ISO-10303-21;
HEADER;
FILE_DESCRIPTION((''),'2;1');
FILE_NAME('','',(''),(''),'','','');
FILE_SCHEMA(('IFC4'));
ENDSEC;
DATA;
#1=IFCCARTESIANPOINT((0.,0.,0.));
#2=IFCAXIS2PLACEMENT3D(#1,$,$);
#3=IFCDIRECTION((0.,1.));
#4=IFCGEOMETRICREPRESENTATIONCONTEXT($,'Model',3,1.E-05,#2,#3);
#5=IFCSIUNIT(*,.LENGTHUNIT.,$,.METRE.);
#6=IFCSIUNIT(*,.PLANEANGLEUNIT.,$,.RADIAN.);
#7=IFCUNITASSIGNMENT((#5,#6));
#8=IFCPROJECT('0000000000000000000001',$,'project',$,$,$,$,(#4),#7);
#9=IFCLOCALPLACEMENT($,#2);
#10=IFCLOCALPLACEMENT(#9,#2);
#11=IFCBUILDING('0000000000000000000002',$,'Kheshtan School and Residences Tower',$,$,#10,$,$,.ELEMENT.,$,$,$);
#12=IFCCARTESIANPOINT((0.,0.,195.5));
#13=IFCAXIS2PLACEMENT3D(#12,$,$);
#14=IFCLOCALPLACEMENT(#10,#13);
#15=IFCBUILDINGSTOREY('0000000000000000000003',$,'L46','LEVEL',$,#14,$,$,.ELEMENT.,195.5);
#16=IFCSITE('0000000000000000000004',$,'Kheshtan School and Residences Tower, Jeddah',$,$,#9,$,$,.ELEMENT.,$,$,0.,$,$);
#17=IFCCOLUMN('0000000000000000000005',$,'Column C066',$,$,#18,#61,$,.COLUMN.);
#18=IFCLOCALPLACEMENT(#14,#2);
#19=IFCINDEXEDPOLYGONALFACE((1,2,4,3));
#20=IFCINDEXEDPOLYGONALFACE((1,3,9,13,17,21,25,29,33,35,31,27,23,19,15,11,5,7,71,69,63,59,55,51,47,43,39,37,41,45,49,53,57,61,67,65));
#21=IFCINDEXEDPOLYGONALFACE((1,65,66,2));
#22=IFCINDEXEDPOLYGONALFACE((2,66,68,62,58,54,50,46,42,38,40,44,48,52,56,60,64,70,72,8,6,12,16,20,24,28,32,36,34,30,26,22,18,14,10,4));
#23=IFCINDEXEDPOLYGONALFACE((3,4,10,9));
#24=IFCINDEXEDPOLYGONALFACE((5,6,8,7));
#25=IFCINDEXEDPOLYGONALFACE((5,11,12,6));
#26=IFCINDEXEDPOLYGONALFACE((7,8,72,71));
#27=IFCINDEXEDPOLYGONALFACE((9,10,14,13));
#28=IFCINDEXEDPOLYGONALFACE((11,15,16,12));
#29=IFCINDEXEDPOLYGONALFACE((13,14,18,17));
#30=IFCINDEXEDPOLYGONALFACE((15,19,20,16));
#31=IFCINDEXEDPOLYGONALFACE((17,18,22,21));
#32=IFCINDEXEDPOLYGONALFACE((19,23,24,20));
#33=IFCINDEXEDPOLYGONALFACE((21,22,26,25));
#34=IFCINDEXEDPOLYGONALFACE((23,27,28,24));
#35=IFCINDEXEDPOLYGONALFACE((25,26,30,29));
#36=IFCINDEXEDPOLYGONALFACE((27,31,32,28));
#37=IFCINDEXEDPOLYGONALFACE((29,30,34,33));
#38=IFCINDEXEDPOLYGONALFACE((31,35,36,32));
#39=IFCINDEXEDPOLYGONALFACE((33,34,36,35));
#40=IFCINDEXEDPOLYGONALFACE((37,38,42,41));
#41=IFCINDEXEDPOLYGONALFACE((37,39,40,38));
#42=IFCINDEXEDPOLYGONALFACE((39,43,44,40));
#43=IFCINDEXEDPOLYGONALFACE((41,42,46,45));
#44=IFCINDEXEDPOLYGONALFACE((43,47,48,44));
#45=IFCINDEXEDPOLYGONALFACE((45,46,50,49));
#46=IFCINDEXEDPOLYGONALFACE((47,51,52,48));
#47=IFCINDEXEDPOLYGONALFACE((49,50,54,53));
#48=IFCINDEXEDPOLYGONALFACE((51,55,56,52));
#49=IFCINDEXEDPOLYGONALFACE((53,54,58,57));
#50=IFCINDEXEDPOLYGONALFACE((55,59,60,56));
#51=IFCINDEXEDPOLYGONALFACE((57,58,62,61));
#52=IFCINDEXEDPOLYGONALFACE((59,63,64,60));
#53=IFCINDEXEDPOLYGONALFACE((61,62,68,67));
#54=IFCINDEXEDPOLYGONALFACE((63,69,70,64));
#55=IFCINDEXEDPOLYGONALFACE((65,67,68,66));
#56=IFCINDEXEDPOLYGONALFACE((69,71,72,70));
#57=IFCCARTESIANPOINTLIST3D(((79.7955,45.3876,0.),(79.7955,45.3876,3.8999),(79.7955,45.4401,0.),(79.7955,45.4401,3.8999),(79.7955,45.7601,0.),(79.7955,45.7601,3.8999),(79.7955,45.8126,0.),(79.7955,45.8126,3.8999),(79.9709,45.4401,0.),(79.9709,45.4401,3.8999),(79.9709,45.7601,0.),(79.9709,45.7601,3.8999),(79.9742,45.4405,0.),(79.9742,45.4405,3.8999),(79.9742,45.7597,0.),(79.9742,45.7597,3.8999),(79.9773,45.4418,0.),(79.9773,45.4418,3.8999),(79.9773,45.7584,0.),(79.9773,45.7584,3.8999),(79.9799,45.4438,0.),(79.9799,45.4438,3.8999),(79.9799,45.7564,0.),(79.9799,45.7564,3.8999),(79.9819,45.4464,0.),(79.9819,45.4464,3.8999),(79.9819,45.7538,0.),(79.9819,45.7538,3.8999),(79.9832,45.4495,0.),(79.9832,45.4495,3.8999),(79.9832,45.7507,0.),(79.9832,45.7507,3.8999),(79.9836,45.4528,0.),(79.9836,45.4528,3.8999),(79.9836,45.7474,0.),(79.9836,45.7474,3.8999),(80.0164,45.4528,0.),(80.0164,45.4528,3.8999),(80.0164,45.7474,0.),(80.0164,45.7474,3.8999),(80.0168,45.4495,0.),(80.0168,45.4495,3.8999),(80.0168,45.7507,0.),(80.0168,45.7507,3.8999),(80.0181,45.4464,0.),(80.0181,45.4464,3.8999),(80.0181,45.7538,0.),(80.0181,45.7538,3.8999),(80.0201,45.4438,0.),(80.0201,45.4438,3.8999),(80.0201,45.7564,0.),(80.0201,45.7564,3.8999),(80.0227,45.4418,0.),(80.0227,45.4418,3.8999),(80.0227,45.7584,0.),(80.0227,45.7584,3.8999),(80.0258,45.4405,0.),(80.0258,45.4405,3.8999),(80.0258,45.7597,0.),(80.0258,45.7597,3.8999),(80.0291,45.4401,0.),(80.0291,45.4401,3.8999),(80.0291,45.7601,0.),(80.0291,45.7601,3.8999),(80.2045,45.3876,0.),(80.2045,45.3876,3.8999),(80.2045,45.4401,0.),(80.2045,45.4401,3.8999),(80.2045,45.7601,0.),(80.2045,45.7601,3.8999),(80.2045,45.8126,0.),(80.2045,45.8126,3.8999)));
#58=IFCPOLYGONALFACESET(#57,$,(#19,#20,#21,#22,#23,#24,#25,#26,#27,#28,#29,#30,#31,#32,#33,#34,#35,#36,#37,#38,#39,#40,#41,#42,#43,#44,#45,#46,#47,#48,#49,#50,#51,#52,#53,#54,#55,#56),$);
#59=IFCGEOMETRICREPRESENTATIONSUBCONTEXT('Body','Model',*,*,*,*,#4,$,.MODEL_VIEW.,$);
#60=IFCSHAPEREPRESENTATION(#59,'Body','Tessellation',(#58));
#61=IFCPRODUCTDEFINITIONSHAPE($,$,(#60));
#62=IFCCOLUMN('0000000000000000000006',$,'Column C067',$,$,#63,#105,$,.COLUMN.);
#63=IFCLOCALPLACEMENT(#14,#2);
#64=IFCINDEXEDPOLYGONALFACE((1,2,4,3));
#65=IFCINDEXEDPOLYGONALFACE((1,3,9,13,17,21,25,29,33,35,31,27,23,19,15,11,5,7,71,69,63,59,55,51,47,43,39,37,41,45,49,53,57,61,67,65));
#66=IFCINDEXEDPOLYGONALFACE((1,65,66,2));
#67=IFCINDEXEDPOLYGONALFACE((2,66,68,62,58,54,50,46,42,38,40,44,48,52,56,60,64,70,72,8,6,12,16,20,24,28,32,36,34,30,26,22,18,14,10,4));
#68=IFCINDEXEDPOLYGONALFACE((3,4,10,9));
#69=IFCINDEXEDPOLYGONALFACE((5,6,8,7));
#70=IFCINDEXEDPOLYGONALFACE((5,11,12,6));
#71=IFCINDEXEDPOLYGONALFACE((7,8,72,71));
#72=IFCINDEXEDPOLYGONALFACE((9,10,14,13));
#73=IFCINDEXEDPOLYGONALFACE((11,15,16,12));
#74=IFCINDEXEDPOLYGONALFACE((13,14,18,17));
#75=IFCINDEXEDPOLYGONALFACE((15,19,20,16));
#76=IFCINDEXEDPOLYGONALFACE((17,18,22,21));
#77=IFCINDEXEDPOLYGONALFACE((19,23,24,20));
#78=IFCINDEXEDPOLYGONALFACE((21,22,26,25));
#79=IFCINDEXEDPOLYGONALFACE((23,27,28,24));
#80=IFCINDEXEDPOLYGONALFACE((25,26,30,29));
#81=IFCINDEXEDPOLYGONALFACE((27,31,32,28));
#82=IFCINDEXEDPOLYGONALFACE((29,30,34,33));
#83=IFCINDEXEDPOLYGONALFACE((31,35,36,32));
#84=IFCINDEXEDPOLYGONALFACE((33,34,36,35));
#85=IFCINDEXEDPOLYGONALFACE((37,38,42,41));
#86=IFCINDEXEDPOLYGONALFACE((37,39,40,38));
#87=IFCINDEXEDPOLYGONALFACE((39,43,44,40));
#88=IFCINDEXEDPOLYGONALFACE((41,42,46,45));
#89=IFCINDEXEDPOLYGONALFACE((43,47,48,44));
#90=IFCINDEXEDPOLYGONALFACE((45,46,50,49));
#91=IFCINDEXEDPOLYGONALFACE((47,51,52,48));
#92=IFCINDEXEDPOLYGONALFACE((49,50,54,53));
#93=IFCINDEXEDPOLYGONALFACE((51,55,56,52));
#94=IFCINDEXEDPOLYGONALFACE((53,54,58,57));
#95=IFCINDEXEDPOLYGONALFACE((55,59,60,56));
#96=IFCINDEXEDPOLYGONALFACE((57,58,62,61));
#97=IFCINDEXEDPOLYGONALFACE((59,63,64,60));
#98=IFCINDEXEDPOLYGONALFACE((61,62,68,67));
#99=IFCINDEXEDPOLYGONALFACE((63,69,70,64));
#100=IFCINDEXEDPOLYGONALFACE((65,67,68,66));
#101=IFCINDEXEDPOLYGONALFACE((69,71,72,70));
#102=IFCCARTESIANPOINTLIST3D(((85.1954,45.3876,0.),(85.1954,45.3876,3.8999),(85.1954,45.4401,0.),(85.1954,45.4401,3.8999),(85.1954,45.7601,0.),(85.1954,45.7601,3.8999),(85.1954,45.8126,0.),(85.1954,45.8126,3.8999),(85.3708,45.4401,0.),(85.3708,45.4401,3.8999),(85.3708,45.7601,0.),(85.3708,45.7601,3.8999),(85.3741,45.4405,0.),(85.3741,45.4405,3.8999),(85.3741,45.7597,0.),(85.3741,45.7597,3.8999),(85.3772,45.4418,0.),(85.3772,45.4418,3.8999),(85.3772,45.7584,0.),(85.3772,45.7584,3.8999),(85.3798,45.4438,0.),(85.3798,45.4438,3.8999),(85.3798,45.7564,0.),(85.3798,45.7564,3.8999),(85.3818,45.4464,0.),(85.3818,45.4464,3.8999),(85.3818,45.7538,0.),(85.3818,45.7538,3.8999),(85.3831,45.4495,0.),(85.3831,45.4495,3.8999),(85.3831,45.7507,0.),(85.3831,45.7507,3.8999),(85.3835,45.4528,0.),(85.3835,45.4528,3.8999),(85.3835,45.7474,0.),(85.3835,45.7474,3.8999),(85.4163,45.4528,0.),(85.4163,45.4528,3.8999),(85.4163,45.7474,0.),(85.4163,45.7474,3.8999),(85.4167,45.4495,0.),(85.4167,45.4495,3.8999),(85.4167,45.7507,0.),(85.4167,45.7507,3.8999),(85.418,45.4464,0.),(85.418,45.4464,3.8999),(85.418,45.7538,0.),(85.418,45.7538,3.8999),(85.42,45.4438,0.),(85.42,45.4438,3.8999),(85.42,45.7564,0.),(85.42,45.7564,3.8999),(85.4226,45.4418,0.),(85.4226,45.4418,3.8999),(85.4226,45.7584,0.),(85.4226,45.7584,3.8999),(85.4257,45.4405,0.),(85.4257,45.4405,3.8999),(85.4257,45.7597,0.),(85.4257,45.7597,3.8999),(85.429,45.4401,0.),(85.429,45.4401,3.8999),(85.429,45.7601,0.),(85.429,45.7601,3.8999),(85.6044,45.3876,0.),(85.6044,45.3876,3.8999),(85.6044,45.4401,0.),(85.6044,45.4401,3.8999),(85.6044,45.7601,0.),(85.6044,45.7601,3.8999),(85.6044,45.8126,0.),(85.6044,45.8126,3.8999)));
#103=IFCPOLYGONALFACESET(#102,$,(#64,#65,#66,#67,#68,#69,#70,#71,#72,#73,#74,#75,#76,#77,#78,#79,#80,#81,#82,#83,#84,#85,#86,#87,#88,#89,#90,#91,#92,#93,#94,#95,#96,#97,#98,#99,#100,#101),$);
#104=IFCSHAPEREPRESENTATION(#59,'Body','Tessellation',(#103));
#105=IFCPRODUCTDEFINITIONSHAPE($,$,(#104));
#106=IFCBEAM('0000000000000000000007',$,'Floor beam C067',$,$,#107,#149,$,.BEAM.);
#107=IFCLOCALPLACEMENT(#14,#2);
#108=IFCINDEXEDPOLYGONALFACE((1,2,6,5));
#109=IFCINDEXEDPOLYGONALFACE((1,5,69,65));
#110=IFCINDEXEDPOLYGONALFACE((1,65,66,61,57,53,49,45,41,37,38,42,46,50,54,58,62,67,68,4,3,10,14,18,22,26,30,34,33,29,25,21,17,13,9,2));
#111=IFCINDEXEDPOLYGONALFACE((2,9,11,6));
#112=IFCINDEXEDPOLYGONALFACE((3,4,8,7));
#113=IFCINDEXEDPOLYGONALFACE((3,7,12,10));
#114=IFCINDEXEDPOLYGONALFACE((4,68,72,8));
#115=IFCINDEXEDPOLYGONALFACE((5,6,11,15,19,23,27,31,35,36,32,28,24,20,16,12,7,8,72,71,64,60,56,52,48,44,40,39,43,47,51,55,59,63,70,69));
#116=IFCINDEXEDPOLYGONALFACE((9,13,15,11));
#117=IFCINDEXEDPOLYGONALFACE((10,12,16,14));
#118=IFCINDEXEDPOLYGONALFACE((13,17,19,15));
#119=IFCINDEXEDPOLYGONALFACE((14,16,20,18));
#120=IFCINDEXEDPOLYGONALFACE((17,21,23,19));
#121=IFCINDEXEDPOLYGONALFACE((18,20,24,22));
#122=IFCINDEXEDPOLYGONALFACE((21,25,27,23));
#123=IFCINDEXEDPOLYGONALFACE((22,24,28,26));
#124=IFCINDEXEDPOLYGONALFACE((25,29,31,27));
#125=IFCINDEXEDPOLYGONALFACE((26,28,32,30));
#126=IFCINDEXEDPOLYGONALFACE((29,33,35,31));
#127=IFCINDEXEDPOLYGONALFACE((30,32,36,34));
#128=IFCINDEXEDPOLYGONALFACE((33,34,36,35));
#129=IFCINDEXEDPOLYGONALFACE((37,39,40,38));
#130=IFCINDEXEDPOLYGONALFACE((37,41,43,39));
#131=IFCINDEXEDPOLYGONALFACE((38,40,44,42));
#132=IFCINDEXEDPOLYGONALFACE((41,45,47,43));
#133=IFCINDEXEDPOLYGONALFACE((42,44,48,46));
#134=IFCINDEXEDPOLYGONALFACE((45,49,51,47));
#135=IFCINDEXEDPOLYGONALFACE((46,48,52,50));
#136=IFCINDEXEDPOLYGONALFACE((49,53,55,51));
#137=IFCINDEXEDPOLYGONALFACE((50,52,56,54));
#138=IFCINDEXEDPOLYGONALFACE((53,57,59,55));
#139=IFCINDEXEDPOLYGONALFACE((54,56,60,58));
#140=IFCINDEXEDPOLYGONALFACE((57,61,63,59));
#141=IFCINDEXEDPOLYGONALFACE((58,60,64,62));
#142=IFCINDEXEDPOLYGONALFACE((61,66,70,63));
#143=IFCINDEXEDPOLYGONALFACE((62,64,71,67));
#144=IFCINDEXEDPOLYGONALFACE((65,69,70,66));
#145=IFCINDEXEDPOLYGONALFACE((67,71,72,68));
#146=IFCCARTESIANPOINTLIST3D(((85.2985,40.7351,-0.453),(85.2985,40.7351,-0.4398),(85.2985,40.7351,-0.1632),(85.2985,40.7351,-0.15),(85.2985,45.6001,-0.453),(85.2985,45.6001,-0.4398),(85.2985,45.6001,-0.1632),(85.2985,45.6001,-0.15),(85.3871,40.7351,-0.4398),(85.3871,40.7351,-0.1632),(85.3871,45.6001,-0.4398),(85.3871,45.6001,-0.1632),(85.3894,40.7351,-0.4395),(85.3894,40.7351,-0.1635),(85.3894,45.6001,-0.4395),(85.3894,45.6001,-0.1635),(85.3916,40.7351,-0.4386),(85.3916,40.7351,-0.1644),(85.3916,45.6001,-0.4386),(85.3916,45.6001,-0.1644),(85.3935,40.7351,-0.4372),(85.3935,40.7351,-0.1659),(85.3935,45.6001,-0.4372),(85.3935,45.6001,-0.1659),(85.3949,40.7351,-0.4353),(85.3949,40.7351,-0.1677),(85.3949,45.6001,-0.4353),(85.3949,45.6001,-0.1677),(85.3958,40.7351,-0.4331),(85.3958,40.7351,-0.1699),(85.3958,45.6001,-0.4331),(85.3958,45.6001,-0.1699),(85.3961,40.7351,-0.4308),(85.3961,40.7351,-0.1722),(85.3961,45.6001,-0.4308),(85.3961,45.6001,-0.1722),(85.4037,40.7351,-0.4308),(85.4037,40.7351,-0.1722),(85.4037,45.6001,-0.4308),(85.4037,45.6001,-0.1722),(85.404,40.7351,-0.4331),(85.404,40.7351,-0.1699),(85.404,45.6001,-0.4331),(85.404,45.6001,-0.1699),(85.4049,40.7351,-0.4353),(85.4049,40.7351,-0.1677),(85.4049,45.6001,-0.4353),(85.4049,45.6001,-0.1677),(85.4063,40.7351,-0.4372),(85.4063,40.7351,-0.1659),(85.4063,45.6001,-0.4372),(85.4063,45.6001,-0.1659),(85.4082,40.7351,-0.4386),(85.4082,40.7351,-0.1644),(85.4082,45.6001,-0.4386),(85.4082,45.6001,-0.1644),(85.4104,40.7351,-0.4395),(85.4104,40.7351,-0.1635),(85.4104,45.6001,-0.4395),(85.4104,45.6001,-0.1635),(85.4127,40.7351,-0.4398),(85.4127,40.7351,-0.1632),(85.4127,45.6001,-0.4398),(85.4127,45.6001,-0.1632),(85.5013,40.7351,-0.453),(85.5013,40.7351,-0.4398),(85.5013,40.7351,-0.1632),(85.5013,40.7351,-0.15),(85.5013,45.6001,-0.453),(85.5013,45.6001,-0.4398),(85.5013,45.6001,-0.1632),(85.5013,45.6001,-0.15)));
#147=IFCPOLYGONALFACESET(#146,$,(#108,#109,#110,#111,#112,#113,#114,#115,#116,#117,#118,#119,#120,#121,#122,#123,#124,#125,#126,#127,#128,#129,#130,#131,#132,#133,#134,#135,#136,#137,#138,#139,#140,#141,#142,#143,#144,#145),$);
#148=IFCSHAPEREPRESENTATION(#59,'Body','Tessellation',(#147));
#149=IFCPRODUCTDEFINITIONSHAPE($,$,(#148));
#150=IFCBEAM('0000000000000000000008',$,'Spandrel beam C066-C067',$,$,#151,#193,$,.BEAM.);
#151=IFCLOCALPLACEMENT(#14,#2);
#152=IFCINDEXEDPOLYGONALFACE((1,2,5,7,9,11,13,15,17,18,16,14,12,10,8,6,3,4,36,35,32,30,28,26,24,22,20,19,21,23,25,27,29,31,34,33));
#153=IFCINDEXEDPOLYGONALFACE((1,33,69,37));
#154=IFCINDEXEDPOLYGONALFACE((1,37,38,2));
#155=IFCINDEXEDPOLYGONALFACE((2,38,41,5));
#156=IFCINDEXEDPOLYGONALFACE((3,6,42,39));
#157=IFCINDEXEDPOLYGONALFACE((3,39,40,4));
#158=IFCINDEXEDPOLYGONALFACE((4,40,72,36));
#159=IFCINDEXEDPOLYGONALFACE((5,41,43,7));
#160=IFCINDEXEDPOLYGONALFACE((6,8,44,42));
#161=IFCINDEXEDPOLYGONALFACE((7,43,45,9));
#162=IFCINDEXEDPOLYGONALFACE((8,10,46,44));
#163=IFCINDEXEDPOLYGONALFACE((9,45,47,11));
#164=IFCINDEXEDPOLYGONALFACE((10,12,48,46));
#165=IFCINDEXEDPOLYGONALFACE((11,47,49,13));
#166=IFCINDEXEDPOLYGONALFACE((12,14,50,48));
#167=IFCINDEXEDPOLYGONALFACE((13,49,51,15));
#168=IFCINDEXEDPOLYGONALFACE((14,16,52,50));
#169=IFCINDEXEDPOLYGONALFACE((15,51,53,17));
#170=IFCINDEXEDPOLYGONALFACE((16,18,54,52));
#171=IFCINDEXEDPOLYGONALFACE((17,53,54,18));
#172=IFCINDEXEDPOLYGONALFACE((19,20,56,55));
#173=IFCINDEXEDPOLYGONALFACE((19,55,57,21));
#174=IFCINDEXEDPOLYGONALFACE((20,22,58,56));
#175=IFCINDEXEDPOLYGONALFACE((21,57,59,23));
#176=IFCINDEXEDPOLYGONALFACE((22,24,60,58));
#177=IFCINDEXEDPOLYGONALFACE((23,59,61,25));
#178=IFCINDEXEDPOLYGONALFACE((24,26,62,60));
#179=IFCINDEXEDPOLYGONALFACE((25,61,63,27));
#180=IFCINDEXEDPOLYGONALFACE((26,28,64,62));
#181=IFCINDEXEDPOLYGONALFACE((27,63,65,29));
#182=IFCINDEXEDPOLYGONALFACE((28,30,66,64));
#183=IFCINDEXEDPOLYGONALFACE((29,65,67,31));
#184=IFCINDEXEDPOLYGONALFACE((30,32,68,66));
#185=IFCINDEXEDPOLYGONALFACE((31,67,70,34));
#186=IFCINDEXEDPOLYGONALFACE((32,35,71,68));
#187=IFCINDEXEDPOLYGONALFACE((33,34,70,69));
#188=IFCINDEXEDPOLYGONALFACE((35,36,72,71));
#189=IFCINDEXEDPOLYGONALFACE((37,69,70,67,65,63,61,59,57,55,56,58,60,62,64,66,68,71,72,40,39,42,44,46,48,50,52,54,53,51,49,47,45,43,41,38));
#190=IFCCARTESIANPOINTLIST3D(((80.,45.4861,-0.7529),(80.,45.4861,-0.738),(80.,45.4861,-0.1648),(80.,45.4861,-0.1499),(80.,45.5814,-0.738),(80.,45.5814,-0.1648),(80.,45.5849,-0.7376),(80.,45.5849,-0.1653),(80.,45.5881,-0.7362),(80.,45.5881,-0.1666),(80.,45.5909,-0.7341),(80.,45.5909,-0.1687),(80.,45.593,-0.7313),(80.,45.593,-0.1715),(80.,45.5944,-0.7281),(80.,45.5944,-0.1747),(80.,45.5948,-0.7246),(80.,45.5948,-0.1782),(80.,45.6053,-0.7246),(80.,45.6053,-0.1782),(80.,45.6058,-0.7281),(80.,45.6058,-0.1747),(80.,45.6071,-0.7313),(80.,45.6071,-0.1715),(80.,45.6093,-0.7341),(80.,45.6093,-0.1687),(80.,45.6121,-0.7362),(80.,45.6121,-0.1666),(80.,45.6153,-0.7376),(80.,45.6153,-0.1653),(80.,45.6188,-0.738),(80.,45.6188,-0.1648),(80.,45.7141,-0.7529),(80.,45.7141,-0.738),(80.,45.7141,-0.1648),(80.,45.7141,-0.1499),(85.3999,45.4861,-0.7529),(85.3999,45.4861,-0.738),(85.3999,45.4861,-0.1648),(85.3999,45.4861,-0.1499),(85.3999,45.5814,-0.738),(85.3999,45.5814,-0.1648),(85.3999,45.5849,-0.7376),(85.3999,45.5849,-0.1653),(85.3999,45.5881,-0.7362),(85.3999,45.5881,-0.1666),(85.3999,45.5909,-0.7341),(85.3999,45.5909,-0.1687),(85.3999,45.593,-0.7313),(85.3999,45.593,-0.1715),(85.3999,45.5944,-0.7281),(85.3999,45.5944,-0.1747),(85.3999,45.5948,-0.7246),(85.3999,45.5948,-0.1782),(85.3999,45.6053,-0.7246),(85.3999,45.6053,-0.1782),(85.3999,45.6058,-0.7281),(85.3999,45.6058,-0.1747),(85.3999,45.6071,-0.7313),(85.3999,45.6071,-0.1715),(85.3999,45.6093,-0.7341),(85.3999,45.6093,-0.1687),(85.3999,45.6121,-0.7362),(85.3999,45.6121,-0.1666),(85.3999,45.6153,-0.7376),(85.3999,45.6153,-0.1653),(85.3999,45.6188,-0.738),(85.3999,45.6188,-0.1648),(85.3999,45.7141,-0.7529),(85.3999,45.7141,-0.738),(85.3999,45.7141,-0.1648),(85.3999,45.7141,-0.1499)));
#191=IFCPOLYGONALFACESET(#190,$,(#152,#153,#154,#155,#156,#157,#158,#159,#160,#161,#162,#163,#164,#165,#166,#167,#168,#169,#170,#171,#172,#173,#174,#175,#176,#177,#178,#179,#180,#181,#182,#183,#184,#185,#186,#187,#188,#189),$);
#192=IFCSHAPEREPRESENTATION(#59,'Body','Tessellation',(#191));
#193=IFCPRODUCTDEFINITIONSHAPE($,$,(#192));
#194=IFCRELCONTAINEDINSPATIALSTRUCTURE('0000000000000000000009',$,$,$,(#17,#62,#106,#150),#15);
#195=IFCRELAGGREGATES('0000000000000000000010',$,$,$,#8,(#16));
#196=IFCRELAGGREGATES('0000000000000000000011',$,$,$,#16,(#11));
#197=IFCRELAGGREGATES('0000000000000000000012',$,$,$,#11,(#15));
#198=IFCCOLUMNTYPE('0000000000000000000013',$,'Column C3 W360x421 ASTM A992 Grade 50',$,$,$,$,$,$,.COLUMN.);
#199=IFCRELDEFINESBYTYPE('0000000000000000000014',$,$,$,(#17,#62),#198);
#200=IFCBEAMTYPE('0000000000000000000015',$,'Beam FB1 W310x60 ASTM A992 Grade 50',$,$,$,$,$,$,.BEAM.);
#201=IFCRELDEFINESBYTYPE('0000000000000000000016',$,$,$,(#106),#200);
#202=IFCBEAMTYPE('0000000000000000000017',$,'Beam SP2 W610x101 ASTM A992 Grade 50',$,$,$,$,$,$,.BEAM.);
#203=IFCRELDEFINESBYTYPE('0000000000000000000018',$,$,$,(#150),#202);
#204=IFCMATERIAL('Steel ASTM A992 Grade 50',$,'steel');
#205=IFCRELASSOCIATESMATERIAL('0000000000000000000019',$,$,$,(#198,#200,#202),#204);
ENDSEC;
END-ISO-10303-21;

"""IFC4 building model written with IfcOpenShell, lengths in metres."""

from ifc_helpers import new_model, si_unit, direction, frame, origin, origin_2d, place, context, subcontext, project, spatial, i_section, extrude, material, material_profile, profile_set, type_object, element, save


model = new_model("IFC4")

# Units and contexts
model_context = context("Model", 3, precision=1e-05, world=origin(), true_north=direction((0.0, 1.0)))
body_context = subcontext(model_context, "Body", "Model", "MODEL_VIEW")
ifc_project = project(units=[si_unit("LENGTHUNIT", "METRE"), si_unit("PLANEANGLEUNIT", "RADIAN")], contexts=[model_context])

# Site, building, storey
site_placement = place(None, origin())
site = spatial("IfcSite", under=ifc_project, at=site_placement, Name="Kheshtan School and Residences Tower, Jeddah", CompositionType="ELEMENT", RefElevation=0.0)
building_placement = place(site_placement, origin())
building = spatial("IfcBuilding", under=site, at=building_placement, Name="Kheshtan School and Residences Tower", CompositionType="ELEMENT")
storey_placement = place(building_placement, frame((0.0, 0.0, 195.5)))
storey = spatial("IfcBuildingStorey", under=building, at=storey_placement, Name="L46", Description="LEVEL", CompositionType="ELEMENT", Elevation=195.5)

# Columns
ifc_material_1 = material(Name="Steel ASTM A992 Grade 50", Category="steel")
ifc_material_profile_1 = material_profile(ifc_material_1, i_section(OverallWidth=0.4089, OverallDepth=0.425, WebThickness=0.0327, FlangeThickness=0.0525, FilletRadius=0.0127, at=origin_2d()), Name="W360x421")
ifc_profile_set_1 = profile_set([ifc_material_profile_1], Name="Steel ASTM A992 Grade 50")
column_type = type_object("IfcColumnType", Name="Column C3 W360x421 ASTM A992 Grade 50", PredefinedType="COLUMN", material=ifc_profile_set_1)
for number, where, z_axis, x_axis, name in (
    (1, (80.0, 45.6001, 0.0), (0.0, 0.0, 1.0), (1.0, 0.0, 0.0), "Column C066"),
    (2, (85.3999, 45.6001, 0.0), (0.0, 0.0, 1.0), (1.0, 0.0, 0.0), "Column C067"),
):
    element("IfcColumn", number, at=place(storey_placement, frame(where, z_axis=z_axis, x_axis=x_axis)), inside=storey, type_object=column_type, Name=name, PredefinedType="COLUMN", context=body_context, shape_type="SweptSolid", body=[
        extrude(i_section(OverallWidth=0.4089, OverallDepth=0.425, WebThickness=0.0327, FlangeThickness=0.0525, FilletRadius=0.0127, at=origin_2d()), origin(), (0.0, 0.0, 1.0), 3.8999),
    ])

# Beams
ifc_material_profile_2 = material_profile(ifc_material_1, i_section(OverallWidth=0.2029, OverallDepth=0.303, WebThickness=0.0076, FlangeThickness=0.0132, FilletRadius=0.009, at=origin_2d()), Name="W310x60")
ifc_profile_set_2 = profile_set([ifc_material_profile_2], Name="Steel ASTM A992 Grade 50")
beam_type_1 = type_object("IfcBeamType", Name="Beam FB1 W310x60 ASTM A992 Grade 50", PredefinedType="BEAM", material=ifc_profile_set_2)
beam_1_placement = place(storey_placement, frame((85.3999, 45.6001, -0.3015), z_axis=(0.0, -1.0, 0.0), x_axis=(1.0, 0.0, 0.0)))
element("IfcBeam", 3, at=beam_1_placement, inside=storey, type_object=beam_type_1, Name="Floor beam C067", PredefinedType="BEAM", context=body_context, shape_type="SweptSolid", body=[
    extrude(i_section(OverallWidth=0.2029, OverallDepth=0.303, WebThickness=0.0076, FlangeThickness=0.0132, FilletRadius=0.009, at=origin_2d()), origin(), (0.0, 0.0, 1.0), 4.865),
])
ifc_material_profile_3 = material_profile(ifc_material_1, i_section(OverallWidth=0.228, OverallDepth=0.603, WebThickness=0.0105, FlangeThickness=0.0149, FilletRadius=0.0134, at=origin_2d()), Name="W610x101")
ifc_profile_set_3 = profile_set([ifc_material_profile_3], Name="Steel ASTM A992 Grade 50")
beam_type_2 = type_object("IfcBeamType", Name="Beam SP2 W610x101 ASTM A992 Grade 50", PredefinedType="BEAM", material=ifc_profile_set_3)
beam_2_placement = place(storey_placement, frame((80.0, 45.6001, -0.4514), z_axis=(1.0, 0.0, 0.0), x_axis=(0.0, 1.0, 0.0)))
element("IfcBeam", 4, at=beam_2_placement, inside=storey, type_object=beam_type_2, Name="Spandrel beam C066-C067", PredefinedType="BEAM", context=body_context, shape_type="SweptSolid", body=[
    extrude(i_section(OverallWidth=0.228, OverallDepth=0.603, WebThickness=0.0105, FlangeThickness=0.0149, FilletRadius=0.0134, at=origin_2d()), origin(), (0.0, 0.0, 1.0), 5.3999),
])

save(model, "model.ifc")
